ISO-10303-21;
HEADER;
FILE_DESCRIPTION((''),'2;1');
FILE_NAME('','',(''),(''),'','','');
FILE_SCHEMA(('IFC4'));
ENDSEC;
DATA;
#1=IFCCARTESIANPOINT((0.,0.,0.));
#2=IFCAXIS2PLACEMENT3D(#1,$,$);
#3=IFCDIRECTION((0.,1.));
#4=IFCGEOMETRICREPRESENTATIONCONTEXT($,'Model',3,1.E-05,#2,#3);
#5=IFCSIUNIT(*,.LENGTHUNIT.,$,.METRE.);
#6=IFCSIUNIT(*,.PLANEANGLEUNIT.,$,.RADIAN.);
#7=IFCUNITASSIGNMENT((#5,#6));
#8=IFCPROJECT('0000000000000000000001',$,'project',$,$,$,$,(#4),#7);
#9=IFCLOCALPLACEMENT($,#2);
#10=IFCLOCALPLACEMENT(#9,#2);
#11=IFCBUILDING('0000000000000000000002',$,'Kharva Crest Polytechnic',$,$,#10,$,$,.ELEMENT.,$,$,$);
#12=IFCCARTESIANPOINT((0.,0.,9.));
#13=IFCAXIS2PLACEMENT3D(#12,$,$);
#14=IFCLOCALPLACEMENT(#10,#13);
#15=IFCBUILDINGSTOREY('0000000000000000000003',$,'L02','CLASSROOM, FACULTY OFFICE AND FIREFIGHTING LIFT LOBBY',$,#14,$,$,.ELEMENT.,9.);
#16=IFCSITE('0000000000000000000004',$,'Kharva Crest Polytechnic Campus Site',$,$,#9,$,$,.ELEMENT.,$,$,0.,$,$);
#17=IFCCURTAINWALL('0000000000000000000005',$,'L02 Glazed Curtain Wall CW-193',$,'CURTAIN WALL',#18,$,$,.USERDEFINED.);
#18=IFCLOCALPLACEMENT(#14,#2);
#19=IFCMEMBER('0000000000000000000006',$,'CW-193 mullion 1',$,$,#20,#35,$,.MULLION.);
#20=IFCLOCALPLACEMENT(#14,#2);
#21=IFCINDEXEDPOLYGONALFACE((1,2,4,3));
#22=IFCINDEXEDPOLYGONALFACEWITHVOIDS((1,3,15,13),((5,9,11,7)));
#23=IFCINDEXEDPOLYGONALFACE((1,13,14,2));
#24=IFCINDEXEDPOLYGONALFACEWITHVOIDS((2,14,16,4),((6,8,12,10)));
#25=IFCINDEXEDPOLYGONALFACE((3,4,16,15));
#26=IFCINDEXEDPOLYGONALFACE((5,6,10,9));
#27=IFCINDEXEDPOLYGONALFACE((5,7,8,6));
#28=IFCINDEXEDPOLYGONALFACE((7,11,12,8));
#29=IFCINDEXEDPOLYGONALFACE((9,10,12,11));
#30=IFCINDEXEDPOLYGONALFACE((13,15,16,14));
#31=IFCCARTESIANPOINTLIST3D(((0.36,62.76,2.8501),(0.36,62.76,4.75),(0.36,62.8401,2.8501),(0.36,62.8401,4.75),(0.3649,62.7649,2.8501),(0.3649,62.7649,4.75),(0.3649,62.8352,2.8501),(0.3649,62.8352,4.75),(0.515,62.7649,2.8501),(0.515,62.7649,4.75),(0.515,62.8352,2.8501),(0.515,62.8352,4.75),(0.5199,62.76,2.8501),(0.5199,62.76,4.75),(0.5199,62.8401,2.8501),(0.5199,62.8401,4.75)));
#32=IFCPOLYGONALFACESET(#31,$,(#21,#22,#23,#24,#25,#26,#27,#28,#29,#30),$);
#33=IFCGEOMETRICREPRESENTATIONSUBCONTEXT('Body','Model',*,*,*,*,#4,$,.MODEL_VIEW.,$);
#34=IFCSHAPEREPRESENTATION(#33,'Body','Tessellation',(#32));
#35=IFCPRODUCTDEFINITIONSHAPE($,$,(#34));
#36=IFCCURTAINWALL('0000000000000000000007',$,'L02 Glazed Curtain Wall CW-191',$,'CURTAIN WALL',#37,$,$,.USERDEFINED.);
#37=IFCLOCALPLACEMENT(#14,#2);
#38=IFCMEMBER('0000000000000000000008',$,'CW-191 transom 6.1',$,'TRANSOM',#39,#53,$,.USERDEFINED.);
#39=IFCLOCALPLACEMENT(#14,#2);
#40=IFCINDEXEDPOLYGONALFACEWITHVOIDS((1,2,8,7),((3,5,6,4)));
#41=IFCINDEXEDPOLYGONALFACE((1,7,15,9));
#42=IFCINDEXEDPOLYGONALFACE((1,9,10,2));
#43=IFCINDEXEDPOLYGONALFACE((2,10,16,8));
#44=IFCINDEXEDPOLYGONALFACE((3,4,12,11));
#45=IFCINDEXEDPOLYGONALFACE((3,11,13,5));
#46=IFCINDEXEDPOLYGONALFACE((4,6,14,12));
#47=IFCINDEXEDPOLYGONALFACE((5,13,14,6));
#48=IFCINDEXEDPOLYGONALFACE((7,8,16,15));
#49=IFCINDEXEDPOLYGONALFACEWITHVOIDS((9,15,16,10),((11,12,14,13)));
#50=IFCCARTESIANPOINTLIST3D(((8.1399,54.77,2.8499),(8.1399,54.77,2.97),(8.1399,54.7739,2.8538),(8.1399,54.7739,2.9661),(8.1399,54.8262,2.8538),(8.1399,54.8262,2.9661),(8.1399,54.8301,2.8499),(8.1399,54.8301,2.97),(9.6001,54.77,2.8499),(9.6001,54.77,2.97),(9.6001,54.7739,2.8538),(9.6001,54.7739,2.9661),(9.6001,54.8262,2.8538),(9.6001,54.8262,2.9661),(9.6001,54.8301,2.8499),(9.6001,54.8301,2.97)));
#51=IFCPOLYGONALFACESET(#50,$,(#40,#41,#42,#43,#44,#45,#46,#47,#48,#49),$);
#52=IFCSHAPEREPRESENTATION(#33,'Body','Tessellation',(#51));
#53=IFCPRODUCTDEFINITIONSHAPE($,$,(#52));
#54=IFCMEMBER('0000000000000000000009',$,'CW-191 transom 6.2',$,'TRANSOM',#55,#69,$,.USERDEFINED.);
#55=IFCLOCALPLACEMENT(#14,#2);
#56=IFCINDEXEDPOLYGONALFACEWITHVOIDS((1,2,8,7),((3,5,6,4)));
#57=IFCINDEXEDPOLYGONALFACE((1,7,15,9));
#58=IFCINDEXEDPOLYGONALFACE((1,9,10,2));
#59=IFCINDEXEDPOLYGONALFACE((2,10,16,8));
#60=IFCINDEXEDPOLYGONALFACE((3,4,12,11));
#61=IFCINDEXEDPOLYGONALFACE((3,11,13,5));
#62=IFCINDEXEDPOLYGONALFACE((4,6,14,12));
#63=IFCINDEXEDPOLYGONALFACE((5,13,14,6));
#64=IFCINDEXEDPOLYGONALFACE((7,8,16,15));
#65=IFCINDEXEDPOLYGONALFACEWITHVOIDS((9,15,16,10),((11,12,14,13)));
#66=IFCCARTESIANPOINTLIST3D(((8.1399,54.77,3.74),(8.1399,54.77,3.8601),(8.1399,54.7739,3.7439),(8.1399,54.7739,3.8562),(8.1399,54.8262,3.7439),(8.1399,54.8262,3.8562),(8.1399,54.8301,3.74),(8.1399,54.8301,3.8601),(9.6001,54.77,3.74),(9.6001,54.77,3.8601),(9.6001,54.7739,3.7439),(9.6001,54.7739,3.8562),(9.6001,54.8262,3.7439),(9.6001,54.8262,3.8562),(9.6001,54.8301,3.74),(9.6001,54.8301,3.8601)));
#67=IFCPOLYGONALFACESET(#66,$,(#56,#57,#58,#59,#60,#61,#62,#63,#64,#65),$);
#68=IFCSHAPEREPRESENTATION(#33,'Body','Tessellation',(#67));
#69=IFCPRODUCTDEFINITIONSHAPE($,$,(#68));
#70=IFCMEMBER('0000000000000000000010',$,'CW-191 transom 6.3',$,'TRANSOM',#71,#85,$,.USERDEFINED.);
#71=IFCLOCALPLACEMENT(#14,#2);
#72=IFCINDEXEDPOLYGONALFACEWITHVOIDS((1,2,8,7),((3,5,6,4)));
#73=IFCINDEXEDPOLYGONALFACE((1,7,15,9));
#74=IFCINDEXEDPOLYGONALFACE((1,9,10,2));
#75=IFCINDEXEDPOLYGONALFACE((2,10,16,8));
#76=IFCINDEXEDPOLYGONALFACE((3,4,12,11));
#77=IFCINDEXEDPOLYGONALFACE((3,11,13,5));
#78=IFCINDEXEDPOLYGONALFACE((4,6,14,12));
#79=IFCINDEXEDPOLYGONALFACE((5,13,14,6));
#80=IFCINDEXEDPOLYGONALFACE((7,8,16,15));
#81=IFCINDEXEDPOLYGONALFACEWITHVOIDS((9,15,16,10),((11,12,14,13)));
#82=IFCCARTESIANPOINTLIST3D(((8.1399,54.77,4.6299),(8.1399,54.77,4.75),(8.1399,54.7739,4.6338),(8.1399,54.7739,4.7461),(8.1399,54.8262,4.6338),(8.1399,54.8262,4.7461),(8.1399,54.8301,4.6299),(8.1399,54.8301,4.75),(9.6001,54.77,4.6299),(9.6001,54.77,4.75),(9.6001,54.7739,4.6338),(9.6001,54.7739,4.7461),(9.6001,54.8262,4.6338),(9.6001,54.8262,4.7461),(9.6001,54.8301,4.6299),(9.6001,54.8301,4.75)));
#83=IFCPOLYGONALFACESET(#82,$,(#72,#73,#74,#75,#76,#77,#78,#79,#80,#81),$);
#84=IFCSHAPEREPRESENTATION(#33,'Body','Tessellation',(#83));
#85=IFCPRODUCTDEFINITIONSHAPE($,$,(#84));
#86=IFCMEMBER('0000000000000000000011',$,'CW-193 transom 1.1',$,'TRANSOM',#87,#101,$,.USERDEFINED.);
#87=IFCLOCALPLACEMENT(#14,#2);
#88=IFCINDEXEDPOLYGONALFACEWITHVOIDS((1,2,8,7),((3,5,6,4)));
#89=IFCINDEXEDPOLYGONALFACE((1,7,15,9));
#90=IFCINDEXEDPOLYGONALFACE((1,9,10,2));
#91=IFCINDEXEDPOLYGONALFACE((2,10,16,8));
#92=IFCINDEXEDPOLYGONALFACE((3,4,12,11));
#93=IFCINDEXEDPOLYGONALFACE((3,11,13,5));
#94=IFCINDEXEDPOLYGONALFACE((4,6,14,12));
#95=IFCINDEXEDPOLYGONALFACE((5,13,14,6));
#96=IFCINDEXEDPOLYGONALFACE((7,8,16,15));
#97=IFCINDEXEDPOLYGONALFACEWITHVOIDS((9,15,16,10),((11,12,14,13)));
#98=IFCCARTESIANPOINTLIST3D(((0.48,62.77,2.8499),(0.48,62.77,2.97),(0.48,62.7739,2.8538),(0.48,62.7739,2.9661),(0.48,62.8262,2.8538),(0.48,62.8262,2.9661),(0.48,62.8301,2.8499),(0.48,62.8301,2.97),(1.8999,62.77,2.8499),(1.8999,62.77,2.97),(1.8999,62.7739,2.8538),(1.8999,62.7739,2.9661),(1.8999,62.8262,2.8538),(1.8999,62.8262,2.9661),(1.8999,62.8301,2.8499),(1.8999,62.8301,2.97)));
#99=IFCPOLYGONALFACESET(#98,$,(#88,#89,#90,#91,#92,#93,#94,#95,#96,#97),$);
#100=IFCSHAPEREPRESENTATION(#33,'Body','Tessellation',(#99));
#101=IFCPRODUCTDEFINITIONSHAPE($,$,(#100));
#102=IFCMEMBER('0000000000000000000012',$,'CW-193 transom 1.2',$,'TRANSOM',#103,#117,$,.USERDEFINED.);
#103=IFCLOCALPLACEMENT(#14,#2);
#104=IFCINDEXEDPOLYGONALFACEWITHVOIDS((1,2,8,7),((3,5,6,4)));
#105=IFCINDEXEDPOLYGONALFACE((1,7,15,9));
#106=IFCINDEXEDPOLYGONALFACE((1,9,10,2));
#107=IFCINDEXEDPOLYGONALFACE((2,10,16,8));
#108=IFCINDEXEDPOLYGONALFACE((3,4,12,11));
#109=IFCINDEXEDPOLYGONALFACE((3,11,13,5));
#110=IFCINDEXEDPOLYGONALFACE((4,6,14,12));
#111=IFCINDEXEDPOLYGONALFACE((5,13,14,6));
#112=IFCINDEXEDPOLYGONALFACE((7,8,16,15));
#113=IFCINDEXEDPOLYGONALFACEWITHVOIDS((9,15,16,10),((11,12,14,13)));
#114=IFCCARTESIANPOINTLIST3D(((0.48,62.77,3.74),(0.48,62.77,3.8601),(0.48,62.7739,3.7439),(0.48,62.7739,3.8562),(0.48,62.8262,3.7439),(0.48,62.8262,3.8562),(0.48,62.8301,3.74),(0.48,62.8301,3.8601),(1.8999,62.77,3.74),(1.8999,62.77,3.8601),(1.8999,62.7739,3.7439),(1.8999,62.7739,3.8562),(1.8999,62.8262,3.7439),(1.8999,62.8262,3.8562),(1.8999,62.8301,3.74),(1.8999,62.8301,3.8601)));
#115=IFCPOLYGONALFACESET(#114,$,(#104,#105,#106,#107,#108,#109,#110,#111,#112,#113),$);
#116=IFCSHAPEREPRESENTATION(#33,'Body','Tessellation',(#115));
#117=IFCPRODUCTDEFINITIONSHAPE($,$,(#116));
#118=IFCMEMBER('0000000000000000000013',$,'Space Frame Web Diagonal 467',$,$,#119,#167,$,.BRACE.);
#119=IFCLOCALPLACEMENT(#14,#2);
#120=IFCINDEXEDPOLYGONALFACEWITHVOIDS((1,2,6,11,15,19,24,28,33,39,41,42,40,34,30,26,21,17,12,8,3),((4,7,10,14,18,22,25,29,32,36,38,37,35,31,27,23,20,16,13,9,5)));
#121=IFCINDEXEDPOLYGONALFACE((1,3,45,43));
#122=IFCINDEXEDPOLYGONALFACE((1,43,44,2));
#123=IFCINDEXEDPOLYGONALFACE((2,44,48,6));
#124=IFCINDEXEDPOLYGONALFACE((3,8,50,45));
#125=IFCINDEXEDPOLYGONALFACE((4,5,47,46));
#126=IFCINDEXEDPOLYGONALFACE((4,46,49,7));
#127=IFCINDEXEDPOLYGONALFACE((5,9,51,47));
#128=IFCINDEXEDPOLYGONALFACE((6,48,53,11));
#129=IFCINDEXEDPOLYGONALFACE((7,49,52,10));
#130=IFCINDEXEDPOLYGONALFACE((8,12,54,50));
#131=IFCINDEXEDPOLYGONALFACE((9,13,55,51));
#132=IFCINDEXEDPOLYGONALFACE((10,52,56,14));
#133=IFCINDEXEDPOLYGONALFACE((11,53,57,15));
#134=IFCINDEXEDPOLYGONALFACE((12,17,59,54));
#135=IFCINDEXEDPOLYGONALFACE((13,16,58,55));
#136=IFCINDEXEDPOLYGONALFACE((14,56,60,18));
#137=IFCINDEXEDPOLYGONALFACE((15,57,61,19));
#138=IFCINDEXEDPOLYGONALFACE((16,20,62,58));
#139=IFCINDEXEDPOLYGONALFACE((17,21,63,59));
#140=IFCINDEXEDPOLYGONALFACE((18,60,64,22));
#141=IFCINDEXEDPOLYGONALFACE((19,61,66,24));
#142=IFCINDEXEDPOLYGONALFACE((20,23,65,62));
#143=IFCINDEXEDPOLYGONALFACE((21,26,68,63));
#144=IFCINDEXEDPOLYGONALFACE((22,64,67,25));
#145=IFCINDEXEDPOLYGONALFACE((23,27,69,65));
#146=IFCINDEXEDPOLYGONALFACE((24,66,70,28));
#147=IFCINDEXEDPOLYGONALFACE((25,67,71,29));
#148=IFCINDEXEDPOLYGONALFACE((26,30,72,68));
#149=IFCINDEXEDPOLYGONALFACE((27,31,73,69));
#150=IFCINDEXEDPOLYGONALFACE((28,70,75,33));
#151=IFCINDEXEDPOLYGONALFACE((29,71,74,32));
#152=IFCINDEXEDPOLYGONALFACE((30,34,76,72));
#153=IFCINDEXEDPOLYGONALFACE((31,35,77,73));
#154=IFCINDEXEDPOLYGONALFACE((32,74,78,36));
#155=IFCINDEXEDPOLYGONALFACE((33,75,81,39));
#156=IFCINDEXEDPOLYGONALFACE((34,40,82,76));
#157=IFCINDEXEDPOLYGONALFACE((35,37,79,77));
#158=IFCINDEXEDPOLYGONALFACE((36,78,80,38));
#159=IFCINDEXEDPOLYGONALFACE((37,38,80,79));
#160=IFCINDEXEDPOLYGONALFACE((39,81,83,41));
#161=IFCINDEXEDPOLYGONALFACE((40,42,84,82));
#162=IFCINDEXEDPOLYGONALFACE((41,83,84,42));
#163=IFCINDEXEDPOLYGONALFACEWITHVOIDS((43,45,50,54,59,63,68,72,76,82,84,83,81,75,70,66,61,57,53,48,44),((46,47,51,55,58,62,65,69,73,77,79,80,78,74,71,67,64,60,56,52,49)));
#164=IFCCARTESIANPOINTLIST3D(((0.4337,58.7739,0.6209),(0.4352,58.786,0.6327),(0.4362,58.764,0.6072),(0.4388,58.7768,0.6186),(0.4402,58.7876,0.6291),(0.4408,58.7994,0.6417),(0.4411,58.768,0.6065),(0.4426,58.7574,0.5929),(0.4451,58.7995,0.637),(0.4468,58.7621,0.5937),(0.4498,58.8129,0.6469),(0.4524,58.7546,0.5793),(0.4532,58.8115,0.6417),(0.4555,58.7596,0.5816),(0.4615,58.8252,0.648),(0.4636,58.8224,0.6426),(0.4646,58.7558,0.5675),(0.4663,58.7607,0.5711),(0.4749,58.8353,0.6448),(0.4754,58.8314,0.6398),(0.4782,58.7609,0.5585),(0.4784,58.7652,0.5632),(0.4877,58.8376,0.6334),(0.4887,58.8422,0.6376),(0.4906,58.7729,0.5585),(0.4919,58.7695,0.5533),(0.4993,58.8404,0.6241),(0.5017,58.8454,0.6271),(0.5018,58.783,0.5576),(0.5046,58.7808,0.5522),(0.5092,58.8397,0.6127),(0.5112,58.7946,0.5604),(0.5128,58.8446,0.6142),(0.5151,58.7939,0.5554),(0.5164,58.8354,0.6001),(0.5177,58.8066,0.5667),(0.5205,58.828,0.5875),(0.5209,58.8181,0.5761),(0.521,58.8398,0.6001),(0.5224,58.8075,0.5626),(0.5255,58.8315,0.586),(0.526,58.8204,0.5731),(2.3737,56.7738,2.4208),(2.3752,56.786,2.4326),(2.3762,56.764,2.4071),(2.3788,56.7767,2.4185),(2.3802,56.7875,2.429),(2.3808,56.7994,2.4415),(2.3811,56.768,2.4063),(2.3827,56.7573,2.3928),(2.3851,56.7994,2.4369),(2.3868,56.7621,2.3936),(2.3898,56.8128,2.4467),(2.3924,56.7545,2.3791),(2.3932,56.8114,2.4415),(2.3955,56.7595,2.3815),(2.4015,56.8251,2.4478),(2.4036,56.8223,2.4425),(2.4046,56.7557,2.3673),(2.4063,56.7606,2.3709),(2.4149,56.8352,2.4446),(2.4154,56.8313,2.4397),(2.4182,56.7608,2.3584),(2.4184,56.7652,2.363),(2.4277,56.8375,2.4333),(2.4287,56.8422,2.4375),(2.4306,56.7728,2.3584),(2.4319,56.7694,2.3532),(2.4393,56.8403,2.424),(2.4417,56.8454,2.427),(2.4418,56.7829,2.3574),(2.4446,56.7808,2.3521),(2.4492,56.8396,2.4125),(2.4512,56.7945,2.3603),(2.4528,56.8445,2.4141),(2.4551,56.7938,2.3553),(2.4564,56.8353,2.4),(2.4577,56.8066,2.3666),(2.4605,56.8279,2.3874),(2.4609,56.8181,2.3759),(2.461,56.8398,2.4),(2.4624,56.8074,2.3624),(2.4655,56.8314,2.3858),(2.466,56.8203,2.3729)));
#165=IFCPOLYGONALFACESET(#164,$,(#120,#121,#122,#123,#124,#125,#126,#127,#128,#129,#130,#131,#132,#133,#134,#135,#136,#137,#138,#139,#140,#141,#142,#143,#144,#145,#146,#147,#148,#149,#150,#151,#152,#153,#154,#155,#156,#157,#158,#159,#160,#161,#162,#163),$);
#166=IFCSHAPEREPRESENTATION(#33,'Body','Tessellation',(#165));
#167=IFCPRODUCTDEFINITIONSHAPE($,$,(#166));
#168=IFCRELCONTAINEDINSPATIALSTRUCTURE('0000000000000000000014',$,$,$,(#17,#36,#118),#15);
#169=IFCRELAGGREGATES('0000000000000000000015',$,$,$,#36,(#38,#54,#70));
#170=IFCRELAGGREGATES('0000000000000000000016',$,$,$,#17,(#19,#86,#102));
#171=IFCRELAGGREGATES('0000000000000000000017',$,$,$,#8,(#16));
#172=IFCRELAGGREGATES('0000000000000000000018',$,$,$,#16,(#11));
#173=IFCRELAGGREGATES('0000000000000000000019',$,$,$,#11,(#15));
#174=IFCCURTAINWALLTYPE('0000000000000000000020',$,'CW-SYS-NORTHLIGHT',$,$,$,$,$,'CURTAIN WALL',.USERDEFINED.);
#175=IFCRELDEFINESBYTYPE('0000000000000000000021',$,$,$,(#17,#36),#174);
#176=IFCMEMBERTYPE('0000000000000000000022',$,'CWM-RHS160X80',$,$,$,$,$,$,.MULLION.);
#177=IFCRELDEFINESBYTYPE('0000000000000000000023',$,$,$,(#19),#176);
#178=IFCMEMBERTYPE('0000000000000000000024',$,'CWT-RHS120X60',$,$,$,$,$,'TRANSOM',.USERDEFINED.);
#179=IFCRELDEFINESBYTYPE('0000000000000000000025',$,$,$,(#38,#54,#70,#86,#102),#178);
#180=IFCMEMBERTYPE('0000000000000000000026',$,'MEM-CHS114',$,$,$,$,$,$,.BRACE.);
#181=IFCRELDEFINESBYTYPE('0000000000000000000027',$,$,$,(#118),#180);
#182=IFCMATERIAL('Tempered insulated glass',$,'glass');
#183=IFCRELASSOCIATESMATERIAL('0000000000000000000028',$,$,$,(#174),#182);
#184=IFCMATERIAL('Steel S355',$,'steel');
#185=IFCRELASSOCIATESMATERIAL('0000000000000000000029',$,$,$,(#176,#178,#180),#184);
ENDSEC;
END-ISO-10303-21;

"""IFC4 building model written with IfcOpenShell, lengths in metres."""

from ifc_helpers import new_model, si_unit, direction, frame, origin, origin_2d, place, context, subcontext, project, spatial, hollow_rectangle, hollow_circle, extrude, material, material_profile, profile_set, type_object, element, aggregate, save


model = new_model("IFC4")

# Units and contexts
model_context = context("Model", 3, precision=1e-05, world=origin(), true_north=direction((0.0, 1.0)))
body_context = subcontext(model_context, "Body", "Model", "MODEL_VIEW")
ifc_project = project(units=[si_unit("LENGTHUNIT", "METRE"), si_unit("PLANEANGLEUNIT", "RADIAN")], contexts=[model_context])

# Site, building, storey
site_placement = place(None, origin())
site = spatial("IfcSite", under=ifc_project, at=site_placement, Name="Kharva Crest Polytechnic Campus Site", CompositionType="ELEMENT", RefElevation=0.0)
building_placement = place(site_placement, origin())
building = spatial("IfcBuilding", under=site, at=building_placement, Name="Kharva Crest Polytechnic", CompositionType="ELEMENT")
storey_placement = place(building_placement, frame((0.0, 0.0, 9.0)))
storey = spatial("IfcBuildingStorey", under=building, at=storey_placement, Name="L02", Description="CLASSROOM, FACULTY OFFICE AND FIREFIGHTING LIFT LOBBY", CompositionType="ELEMENT", Elevation=9.0)

# Curtain wall, member
ifc_material_1 = material(Name="Tempered insulated glass", Category="glass")
curtain_wall_type = type_object("IfcCurtainWallType", Name="CW-SYS-NORTHLIGHT", ElementType="CURTAIN WALL", PredefinedType="USERDEFINED", material=ifc_material_1)
curtain_wall_1_placement = place(storey_placement, origin())
curtain_wall_1 = element("IfcCurtainWall", 1, at=curtain_wall_1_placement, inside=storey, type_object=curtain_wall_type, Name="L02 Glazed Curtain Wall CW-193", ObjectType="CURTAIN WALL", PredefinedType="USERDEFINED")
ifc_material_2 = material(Name="Steel S355", Category="steel")
ifc_material_profile_1 = material_profile(ifc_material_2, hollow_rectangle(XDim=0.0801, YDim=0.1599, WallThickness=0.0049, at=origin_2d()), Name="RHS 160X80X5.0")
ifc_profile_set_1 = profile_set([ifc_material_profile_1], Name="Steel S355")
member_type_1 = type_object("IfcMemberType", Name="CWM-RHS160X80", PredefinedType="MULLION", material=ifc_profile_set_1)
member_1_placement = place(storey_placement, frame((0.4399, 62.8, 2.8501), z_axis=(0.0, 0.0, 1.0), x_axis=(0.0, 1.0, 0.0)))
member_1 = element("IfcMember", 2, at=member_1_placement, type_object=member_type_1, Name="CW-193 mullion 1", PredefinedType="MULLION", context=body_context, shape_type="SweptSolid", body=[
    extrude(hollow_rectangle(XDim=0.0801, YDim=0.1599, WallThickness=0.0049, at=origin_2d()), origin(), (0.0, 0.0, 1.0), 1.8999),
])

# Curtain wall, members
curtain_wall_2_placement = place(storey_placement, origin())
curtain_wall_2 = element("IfcCurtainWall", 3, at=curtain_wall_2_placement, inside=storey, type_object=curtain_wall_type, Name="L02 Glazed Curtain Wall CW-191", ObjectType="CURTAIN WALL", PredefinedType="USERDEFINED")
ifc_material_profile_2 = material_profile(ifc_material_2, hollow_rectangle(XDim=0.0601, YDim=0.1201, WallThickness=0.0039, at=origin_2d()), Name="RHS 120X60X4.0")
ifc_profile_set_2 = profile_set([ifc_material_profile_2], Name="Steel S355")
member_type_2 = type_object("IfcMemberType", Name="CWT-RHS120X60", ElementType="TRANSOM", PredefinedType="USERDEFINED", material=ifc_profile_set_2)
member_2_placement = place(storey_placement, frame((8.1399, 54.8, 2.9099), z_axis=(1.0, 0.0, 0.0), x_axis=(0.0, 1.0, 0.0)))
member_2 = element("IfcMember", 4, at=member_2_placement, type_object=member_type_2, Name="CW-191 transom 6.1", ObjectType="TRANSOM", PredefinedType="USERDEFINED", context=body_context, shape_type="SweptSolid", body=[
    extrude(hollow_rectangle(XDim=0.0601, YDim=0.1201, WallThickness=0.0039, at=origin_2d()), origin(), (0.0, 0.0, 1.0), 1.4602),
])
member_3_placement = place(storey_placement, frame((8.1399, 54.8, 3.8), z_axis=(1.0, 0.0, 0.0), x_axis=(0.0, 1.0, 0.0)))
member_3 = element("IfcMember", 5, at=member_3_placement, type_object=member_type_2, Name="CW-191 transom 6.2", ObjectType="TRANSOM", PredefinedType="USERDEFINED", context=body_context, shape_type="SweptSolid", body=[
    extrude(hollow_rectangle(XDim=0.0601, YDim=0.1201, WallThickness=0.0039, at=origin_2d()), origin(), (0.0, 0.0, 1.0), 1.4602),
])
member_4_placement = place(storey_placement, frame((8.1399, 54.8, 4.6899), z_axis=(1.0, 0.0, 0.0), x_axis=(0.0, 1.0, 0.0)))
member_4 = element("IfcMember", 6, at=member_4_placement, type_object=member_type_2, Name="CW-191 transom 6.3", ObjectType="TRANSOM", PredefinedType="USERDEFINED", context=body_context, shape_type="SweptSolid", body=[
    extrude(hollow_rectangle(XDim=0.0601, YDim=0.1201, WallThickness=0.0039, at=origin_2d()), origin(), (0.0, 0.0, 1.0), 1.4602),
])
aggregate(curtain_wall_2, [member_2, member_3, member_4])

# Members
member_5_placement = place(storey_placement, frame((0.48, 62.8, 2.9099), z_axis=(1.0, 0.0, 0.0), x_axis=(0.0, 1.0, 0.0)))
member_5 = element("IfcMember", 7, at=member_5_placement, type_object=member_type_2, Name="CW-193 transom 1.1", ObjectType="TRANSOM", PredefinedType="USERDEFINED", context=body_context, shape_type="SweptSolid", body=[
    extrude(hollow_rectangle(XDim=0.0601, YDim=0.1201, WallThickness=0.0039, at=origin_2d()), origin(), (0.0, 0.0, 1.0), 1.4199),
])
member_6_placement = place(storey_placement, frame((0.48, 62.8, 3.8), z_axis=(1.0, 0.0, 0.0), x_axis=(0.0, 1.0, 0.0)))
member_6 = element("IfcMember", 8, at=member_6_placement, type_object=member_type_2, Name="CW-193 transom 1.2", ObjectType="TRANSOM", PredefinedType="USERDEFINED", context=body_context, shape_type="SweptSolid", body=[
    extrude(hollow_rectangle(XDim=0.0601, YDim=0.1201, WallThickness=0.0039, at=origin_2d()), origin(), (0.0, 0.0, 1.0), 1.4199),
])
aggregate(curtain_wall_1, [member_1, member_5, member_6])

# Member
ifc_material_profile_3 = material_profile(ifc_material_2, hollow_circle(Radius=0.0571, WallThickness=0.0063, at=origin_2d()), Name="CHS 114.3X6.3")
ifc_profile_set_3 = profile_set([ifc_material_profile_3], Name="Steel S355")
member_type_3 = type_object("IfcMemberType", Name="MEM-CHS114", PredefinedType="BRACE", material=ifc_profile_set_3)
for number, where, z_axis, x_axis, name in (
    (9, (0.48, 58.8, 0.6001), (0.584843, -0.60295, 0.542596), (0.717802, 0.696247, 0.0), "Space Frame Web Diagonal 467"),
):
    element("IfcMember", number, at=place(storey_placement, frame(where, z_axis=z_axis, x_axis=x_axis)), inside=storey, type_object=member_type_3, Name=name, PredefinedType="BRACE", context=body_context, shape_type="SweptSolid", body=[
        extrude(hollow_circle(Radius=0.0571, WallThickness=0.0063, at=origin_2d()), origin(), (0.0, 0.0, 1.0), 3.3171),
    ])

save(model, "model.ifc")
